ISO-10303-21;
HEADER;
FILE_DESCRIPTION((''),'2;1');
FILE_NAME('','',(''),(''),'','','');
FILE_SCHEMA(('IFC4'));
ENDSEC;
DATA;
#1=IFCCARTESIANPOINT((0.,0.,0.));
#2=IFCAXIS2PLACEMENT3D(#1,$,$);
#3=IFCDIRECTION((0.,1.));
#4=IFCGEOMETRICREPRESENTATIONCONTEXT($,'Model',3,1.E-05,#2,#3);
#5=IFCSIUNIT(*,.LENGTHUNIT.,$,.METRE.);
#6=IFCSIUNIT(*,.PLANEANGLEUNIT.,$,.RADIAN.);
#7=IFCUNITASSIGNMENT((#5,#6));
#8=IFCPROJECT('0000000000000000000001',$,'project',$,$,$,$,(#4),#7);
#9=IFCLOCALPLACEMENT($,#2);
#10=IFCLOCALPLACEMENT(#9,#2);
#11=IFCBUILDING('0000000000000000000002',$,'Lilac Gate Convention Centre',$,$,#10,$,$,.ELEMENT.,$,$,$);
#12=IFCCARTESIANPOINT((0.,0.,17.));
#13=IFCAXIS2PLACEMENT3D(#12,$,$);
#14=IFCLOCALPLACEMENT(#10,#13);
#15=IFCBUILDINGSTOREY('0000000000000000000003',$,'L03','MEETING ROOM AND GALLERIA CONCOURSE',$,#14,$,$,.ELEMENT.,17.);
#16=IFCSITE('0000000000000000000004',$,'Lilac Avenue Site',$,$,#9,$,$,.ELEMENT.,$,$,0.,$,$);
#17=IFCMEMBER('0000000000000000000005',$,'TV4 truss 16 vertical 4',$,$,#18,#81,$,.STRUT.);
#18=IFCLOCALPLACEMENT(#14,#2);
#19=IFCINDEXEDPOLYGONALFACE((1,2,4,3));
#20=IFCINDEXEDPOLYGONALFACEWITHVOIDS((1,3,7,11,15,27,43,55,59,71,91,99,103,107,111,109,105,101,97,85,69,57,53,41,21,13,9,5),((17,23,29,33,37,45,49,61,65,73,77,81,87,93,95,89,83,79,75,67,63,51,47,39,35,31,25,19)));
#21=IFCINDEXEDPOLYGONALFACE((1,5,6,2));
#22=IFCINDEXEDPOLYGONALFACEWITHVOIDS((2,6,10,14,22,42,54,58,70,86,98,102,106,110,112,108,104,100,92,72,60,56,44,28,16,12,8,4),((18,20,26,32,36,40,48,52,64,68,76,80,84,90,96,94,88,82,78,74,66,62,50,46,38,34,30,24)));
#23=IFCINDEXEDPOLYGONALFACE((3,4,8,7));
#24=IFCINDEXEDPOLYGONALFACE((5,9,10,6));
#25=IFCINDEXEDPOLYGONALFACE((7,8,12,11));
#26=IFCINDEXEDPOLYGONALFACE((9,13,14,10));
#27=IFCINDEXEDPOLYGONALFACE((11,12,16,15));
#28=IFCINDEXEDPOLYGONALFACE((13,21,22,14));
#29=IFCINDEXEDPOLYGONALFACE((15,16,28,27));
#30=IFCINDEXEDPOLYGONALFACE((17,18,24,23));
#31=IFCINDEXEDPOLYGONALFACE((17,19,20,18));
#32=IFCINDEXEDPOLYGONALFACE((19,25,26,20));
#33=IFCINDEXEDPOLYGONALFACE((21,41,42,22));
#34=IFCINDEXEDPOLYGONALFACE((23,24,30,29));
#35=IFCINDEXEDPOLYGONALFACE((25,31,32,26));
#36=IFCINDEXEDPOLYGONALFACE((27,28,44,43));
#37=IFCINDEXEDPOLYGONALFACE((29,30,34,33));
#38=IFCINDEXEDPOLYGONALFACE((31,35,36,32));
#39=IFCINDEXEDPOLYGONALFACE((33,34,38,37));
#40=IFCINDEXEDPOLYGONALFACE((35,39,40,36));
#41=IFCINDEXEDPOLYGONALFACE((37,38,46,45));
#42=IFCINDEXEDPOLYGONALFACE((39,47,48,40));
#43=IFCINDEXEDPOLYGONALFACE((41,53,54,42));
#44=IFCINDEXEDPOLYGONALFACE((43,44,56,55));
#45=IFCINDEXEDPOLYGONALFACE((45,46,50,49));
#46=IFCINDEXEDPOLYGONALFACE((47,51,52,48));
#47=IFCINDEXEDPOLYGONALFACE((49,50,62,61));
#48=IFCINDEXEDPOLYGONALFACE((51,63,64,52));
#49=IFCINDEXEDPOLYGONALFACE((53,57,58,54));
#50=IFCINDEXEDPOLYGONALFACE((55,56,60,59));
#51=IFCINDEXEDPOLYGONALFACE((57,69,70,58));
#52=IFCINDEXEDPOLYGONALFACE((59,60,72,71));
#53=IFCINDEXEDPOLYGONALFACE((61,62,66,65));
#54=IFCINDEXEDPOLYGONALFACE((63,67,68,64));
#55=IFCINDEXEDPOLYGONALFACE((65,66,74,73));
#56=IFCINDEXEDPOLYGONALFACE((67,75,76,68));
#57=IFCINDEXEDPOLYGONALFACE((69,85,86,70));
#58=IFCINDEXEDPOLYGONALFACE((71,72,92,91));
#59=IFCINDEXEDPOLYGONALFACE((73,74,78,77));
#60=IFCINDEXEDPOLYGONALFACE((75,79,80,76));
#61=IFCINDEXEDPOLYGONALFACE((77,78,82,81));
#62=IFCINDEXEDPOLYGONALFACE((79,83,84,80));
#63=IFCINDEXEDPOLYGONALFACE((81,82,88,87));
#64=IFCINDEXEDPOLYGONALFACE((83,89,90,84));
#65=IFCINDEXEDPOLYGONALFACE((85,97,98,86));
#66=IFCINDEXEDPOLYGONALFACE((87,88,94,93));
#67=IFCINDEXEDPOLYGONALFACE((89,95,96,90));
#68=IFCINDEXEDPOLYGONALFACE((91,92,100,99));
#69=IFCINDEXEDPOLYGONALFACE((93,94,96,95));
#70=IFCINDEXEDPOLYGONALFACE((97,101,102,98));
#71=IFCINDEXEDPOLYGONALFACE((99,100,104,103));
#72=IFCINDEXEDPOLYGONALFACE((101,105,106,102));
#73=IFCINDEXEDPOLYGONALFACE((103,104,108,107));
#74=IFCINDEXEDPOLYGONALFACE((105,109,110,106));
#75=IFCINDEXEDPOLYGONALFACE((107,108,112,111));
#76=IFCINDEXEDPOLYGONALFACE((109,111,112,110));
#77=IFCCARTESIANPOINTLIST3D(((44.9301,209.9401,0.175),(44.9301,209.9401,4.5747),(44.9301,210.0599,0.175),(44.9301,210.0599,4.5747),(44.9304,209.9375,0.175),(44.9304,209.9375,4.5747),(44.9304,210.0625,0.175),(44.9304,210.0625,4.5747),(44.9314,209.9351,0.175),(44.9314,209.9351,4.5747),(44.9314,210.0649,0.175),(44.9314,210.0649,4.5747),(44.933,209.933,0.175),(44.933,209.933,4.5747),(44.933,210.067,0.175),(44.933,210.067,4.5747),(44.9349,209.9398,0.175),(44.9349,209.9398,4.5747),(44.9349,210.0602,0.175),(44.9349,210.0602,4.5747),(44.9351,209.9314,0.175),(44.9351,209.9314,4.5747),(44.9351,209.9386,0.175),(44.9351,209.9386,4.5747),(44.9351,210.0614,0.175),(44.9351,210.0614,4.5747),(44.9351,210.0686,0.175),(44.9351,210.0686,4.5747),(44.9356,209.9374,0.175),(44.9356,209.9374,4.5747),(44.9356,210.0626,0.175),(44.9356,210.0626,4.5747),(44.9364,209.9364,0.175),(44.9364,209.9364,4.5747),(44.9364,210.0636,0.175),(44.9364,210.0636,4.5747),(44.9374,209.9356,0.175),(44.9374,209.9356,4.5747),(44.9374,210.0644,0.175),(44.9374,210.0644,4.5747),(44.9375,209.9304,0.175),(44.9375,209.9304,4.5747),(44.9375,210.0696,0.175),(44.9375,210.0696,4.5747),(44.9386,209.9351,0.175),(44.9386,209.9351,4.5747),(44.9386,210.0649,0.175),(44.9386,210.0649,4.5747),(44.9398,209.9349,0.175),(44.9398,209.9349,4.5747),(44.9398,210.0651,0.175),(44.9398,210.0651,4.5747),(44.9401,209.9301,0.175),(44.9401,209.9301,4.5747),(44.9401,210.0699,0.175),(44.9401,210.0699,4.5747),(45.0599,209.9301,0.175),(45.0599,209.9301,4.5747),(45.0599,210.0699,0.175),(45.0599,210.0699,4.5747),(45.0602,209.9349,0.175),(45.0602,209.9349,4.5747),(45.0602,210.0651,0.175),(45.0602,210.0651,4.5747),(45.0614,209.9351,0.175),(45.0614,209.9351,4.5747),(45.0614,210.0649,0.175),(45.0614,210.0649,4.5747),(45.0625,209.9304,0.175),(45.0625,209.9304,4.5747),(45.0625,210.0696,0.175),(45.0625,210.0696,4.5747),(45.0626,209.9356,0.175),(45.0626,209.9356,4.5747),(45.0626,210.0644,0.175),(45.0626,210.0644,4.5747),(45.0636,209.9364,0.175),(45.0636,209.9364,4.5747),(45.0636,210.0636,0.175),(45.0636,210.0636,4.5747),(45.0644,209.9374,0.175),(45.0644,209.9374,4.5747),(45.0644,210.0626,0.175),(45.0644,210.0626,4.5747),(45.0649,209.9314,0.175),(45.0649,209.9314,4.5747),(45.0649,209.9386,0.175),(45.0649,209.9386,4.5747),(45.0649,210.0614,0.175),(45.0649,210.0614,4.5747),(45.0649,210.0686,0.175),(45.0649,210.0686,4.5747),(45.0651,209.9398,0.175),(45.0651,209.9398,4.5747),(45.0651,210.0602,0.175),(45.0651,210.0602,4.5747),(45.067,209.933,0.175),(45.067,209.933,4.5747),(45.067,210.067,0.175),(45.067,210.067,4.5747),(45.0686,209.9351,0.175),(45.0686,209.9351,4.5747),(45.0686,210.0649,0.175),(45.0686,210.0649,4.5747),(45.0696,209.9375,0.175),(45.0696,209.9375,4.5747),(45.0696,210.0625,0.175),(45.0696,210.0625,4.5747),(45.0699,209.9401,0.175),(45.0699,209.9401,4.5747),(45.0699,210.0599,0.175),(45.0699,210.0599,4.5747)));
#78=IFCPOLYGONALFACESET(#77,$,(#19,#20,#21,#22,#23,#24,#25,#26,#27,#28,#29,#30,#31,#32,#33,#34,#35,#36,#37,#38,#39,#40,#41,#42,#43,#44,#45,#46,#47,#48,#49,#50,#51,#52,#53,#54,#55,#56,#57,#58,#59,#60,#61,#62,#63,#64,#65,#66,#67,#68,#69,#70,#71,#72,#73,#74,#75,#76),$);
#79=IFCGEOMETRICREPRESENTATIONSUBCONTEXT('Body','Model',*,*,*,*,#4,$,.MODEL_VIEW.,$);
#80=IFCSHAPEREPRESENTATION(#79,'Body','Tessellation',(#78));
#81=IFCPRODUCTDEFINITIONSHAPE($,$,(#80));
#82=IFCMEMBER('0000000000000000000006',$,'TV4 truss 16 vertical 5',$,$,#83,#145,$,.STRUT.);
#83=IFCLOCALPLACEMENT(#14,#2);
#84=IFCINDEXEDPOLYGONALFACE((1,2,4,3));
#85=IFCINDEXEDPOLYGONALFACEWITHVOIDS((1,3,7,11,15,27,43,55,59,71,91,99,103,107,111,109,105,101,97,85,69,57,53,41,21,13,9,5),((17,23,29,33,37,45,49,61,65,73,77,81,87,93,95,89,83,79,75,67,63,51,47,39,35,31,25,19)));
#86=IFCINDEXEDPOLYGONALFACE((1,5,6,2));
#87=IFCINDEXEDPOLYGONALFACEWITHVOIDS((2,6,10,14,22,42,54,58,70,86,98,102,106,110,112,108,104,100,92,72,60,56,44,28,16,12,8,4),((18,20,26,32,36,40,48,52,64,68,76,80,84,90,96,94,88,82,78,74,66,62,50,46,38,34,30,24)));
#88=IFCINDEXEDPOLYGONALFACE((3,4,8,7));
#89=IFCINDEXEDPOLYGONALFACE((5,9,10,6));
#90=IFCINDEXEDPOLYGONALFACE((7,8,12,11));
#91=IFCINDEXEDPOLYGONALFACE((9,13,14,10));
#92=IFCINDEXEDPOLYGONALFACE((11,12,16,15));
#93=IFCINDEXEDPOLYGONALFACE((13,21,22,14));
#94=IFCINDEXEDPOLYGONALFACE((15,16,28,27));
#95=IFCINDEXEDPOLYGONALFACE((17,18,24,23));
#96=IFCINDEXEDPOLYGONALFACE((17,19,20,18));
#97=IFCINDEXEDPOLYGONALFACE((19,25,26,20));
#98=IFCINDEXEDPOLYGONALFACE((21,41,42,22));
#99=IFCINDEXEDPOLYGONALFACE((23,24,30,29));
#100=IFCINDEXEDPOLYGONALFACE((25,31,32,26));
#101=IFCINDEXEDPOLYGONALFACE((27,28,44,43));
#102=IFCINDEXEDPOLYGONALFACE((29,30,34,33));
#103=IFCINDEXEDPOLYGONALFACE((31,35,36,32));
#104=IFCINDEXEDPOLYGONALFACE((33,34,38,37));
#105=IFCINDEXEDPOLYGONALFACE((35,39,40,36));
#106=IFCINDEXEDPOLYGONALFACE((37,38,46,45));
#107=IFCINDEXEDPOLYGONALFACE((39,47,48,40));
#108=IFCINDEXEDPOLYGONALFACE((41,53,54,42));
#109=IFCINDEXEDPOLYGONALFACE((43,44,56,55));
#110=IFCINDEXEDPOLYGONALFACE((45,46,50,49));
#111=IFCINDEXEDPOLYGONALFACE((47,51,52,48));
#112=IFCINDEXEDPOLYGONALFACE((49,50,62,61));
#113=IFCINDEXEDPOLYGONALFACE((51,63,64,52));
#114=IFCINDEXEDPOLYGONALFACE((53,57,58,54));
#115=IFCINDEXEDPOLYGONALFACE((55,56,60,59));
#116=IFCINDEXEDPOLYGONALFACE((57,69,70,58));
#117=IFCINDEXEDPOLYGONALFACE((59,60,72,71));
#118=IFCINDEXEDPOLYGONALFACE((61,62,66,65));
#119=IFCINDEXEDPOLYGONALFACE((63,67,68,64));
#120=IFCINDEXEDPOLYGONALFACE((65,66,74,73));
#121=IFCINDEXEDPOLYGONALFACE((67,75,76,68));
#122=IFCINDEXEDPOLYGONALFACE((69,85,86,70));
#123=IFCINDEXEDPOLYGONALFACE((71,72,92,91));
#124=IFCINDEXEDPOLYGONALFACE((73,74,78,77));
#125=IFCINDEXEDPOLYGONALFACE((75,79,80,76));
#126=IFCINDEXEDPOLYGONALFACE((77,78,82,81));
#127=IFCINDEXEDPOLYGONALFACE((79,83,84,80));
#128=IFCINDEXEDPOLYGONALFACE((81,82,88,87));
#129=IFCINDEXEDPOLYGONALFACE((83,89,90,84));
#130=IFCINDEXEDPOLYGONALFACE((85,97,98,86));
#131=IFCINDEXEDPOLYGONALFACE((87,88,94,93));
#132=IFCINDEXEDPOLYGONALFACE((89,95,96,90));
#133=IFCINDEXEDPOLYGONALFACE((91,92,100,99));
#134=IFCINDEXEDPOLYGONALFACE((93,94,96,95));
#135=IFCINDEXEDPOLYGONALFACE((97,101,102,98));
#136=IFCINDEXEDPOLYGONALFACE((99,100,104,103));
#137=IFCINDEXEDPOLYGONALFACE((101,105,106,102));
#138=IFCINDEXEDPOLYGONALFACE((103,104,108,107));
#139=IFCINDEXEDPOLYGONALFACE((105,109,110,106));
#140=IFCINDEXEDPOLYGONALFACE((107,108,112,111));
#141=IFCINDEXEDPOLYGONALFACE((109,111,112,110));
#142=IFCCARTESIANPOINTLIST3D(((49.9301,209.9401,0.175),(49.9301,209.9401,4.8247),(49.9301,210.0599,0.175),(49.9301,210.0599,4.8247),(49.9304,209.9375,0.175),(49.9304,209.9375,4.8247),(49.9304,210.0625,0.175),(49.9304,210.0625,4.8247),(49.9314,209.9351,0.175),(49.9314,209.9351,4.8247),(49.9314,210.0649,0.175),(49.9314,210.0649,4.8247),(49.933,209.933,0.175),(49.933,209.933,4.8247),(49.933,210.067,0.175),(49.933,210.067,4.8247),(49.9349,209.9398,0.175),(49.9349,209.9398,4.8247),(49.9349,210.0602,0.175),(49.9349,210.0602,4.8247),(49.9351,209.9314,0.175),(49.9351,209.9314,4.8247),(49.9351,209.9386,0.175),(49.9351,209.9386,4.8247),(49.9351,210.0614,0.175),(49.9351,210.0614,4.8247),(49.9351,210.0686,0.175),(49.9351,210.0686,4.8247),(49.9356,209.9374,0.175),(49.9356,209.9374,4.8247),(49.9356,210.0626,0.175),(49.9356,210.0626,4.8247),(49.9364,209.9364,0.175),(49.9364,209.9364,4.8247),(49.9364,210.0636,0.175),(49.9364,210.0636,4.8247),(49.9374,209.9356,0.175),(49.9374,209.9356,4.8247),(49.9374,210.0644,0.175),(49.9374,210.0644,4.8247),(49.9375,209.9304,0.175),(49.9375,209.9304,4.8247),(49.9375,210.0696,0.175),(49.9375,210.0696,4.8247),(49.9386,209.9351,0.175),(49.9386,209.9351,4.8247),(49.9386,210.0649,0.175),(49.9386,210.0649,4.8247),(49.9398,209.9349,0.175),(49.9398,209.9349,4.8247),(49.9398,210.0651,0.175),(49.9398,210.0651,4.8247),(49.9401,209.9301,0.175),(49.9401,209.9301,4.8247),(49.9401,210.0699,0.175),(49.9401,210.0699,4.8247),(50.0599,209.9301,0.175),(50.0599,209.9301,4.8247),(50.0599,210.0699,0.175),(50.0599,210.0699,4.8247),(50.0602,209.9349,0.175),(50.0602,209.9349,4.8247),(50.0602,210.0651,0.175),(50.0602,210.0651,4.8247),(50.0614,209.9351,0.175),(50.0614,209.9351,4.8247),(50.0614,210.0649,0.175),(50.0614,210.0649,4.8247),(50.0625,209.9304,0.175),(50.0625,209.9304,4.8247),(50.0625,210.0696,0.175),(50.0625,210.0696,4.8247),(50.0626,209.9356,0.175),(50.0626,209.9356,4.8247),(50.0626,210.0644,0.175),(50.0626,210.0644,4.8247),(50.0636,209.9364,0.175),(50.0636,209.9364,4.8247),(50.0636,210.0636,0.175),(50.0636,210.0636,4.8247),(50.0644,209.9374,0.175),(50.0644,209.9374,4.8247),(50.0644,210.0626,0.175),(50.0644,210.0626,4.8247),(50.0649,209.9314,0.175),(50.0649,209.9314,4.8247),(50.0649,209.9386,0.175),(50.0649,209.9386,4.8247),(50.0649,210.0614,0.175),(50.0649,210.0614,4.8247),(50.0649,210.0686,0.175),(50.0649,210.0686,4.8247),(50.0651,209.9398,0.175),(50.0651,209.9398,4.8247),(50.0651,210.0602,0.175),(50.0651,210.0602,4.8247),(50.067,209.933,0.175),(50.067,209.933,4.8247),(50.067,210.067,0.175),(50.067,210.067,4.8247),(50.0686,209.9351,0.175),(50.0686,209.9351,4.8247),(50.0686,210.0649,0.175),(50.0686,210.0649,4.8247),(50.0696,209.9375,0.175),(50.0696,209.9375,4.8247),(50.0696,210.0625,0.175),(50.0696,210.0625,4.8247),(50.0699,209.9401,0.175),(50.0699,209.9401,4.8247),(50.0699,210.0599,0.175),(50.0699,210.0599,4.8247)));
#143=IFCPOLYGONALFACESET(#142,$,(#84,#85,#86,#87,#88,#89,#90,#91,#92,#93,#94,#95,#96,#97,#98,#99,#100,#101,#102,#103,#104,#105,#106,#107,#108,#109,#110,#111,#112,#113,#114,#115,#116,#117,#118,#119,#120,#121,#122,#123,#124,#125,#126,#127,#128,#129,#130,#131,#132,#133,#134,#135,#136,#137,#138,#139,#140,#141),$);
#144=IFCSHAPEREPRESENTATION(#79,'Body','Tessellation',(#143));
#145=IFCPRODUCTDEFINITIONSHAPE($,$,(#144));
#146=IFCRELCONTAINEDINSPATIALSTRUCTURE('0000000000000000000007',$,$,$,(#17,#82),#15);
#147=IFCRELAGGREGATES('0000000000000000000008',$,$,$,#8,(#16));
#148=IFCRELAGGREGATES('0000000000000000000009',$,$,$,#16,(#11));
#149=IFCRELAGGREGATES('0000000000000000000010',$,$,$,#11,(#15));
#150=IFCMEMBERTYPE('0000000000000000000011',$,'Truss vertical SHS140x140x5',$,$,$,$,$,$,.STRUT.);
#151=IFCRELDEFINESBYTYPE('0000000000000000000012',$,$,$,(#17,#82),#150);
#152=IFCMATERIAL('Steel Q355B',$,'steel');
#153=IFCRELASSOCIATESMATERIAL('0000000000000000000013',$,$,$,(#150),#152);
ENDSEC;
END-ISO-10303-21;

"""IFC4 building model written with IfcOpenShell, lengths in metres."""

from ifc_helpers import new_model, si_unit, direction, frame, origin, origin_2d, place, context, subcontext, project, spatial, hollow_rectangle, extrude, material, material_profile, profile_set, type_object, element, save


model = new_model("IFC4")

# Units and contexts
model_context = context("Model", 3, precision=1e-05, world=origin(), true_north=direction((0.0, 1.0)))
body_context = subcontext(model_context, "Body", "Model", "MODEL_VIEW")
ifc_project = project(units=[si_unit("LENGTHUNIT", "METRE"), si_unit("PLANEANGLEUNIT", "RADIAN")], contexts=[model_context])

# Site, building, storey
site_placement = place(None, origin())
site = spatial("IfcSite", under=ifc_project, at=site_placement, Name="Lilac Avenue Site", CompositionType="ELEMENT", RefElevation=0.0)
building_placement = place(site_placement, origin())
building = spatial("IfcBuilding", under=site, at=building_placement, Name="Lilac Gate Convention Centre", CompositionType="ELEMENT")
storey_placement = place(building_placement, frame((0.0, 0.0, 17.0)))
storey = spatial("IfcBuildingStorey", under=building, at=storey_placement, Name="L03", Description="MEETING ROOM AND GALLERIA CONCOURSE", CompositionType="ELEMENT", Elevation=17.0)

# Members
ifc_material = material(Name="Steel Q355B", Category="steel")
ifc_material_profile_1 = material_profile(ifc_material, hollow_rectangle(XDim=0.1399, YDim=0.1399, WallThickness=0.0049, InnerFilletRadius=0.0049, OuterFilletRadius=0.01, at=origin_2d()), Name="SHS140x140x5")
ifc_profile_set_1 = profile_set([ifc_material_profile_1], Name="Steel Q355B")
member_type_1 = type_object("IfcMemberType", Name="Truss vertical SHS140x140x5", PredefinedType="STRUT", material=ifc_profile_set_1)
member_1_placement = place(storey_placement, frame((45.0, 210.0, 0.175), z_axis=(0.0, 0.0, 1.0), x_axis=(1.0, 0.0, 0.0)))
element("IfcMember", 1, at=member_1_placement, inside=storey, type_object=member_type_1, Name="TV4 truss 16 vertical 4", PredefinedType="STRUT", context=body_context, shape_type="SweptSolid", body=[
    extrude(hollow_rectangle(XDim=0.1399, YDim=0.1399, WallThickness=0.0049, InnerFilletRadius=0.0049, OuterFilletRadius=0.01, at=origin_2d()), origin(), (0.0, 0.0, 1.0), 4.3997),
])
member_2_placement = place(storey_placement, frame((50.0, 210.0, 0.175), z_axis=(0.0, 0.0, 1.0), x_axis=(1.0, 0.0, 0.0)))
element("IfcMember", 2, at=member_2_placement, inside=storey, type_object=member_type_1, Name="TV4 truss 16 vertical 5", PredefinedType="STRUT", context=body_context, shape_type="SweptSolid", body=[
    extrude(hollow_rectangle(XDim=0.1399, YDim=0.1399, WallThickness=0.0049, InnerFilletRadius=0.0049, OuterFilletRadius=0.01, at=origin_2d()), origin(), (0.0, 0.0, 1.0), 4.6497),
])

save(model, "model.ifc")
